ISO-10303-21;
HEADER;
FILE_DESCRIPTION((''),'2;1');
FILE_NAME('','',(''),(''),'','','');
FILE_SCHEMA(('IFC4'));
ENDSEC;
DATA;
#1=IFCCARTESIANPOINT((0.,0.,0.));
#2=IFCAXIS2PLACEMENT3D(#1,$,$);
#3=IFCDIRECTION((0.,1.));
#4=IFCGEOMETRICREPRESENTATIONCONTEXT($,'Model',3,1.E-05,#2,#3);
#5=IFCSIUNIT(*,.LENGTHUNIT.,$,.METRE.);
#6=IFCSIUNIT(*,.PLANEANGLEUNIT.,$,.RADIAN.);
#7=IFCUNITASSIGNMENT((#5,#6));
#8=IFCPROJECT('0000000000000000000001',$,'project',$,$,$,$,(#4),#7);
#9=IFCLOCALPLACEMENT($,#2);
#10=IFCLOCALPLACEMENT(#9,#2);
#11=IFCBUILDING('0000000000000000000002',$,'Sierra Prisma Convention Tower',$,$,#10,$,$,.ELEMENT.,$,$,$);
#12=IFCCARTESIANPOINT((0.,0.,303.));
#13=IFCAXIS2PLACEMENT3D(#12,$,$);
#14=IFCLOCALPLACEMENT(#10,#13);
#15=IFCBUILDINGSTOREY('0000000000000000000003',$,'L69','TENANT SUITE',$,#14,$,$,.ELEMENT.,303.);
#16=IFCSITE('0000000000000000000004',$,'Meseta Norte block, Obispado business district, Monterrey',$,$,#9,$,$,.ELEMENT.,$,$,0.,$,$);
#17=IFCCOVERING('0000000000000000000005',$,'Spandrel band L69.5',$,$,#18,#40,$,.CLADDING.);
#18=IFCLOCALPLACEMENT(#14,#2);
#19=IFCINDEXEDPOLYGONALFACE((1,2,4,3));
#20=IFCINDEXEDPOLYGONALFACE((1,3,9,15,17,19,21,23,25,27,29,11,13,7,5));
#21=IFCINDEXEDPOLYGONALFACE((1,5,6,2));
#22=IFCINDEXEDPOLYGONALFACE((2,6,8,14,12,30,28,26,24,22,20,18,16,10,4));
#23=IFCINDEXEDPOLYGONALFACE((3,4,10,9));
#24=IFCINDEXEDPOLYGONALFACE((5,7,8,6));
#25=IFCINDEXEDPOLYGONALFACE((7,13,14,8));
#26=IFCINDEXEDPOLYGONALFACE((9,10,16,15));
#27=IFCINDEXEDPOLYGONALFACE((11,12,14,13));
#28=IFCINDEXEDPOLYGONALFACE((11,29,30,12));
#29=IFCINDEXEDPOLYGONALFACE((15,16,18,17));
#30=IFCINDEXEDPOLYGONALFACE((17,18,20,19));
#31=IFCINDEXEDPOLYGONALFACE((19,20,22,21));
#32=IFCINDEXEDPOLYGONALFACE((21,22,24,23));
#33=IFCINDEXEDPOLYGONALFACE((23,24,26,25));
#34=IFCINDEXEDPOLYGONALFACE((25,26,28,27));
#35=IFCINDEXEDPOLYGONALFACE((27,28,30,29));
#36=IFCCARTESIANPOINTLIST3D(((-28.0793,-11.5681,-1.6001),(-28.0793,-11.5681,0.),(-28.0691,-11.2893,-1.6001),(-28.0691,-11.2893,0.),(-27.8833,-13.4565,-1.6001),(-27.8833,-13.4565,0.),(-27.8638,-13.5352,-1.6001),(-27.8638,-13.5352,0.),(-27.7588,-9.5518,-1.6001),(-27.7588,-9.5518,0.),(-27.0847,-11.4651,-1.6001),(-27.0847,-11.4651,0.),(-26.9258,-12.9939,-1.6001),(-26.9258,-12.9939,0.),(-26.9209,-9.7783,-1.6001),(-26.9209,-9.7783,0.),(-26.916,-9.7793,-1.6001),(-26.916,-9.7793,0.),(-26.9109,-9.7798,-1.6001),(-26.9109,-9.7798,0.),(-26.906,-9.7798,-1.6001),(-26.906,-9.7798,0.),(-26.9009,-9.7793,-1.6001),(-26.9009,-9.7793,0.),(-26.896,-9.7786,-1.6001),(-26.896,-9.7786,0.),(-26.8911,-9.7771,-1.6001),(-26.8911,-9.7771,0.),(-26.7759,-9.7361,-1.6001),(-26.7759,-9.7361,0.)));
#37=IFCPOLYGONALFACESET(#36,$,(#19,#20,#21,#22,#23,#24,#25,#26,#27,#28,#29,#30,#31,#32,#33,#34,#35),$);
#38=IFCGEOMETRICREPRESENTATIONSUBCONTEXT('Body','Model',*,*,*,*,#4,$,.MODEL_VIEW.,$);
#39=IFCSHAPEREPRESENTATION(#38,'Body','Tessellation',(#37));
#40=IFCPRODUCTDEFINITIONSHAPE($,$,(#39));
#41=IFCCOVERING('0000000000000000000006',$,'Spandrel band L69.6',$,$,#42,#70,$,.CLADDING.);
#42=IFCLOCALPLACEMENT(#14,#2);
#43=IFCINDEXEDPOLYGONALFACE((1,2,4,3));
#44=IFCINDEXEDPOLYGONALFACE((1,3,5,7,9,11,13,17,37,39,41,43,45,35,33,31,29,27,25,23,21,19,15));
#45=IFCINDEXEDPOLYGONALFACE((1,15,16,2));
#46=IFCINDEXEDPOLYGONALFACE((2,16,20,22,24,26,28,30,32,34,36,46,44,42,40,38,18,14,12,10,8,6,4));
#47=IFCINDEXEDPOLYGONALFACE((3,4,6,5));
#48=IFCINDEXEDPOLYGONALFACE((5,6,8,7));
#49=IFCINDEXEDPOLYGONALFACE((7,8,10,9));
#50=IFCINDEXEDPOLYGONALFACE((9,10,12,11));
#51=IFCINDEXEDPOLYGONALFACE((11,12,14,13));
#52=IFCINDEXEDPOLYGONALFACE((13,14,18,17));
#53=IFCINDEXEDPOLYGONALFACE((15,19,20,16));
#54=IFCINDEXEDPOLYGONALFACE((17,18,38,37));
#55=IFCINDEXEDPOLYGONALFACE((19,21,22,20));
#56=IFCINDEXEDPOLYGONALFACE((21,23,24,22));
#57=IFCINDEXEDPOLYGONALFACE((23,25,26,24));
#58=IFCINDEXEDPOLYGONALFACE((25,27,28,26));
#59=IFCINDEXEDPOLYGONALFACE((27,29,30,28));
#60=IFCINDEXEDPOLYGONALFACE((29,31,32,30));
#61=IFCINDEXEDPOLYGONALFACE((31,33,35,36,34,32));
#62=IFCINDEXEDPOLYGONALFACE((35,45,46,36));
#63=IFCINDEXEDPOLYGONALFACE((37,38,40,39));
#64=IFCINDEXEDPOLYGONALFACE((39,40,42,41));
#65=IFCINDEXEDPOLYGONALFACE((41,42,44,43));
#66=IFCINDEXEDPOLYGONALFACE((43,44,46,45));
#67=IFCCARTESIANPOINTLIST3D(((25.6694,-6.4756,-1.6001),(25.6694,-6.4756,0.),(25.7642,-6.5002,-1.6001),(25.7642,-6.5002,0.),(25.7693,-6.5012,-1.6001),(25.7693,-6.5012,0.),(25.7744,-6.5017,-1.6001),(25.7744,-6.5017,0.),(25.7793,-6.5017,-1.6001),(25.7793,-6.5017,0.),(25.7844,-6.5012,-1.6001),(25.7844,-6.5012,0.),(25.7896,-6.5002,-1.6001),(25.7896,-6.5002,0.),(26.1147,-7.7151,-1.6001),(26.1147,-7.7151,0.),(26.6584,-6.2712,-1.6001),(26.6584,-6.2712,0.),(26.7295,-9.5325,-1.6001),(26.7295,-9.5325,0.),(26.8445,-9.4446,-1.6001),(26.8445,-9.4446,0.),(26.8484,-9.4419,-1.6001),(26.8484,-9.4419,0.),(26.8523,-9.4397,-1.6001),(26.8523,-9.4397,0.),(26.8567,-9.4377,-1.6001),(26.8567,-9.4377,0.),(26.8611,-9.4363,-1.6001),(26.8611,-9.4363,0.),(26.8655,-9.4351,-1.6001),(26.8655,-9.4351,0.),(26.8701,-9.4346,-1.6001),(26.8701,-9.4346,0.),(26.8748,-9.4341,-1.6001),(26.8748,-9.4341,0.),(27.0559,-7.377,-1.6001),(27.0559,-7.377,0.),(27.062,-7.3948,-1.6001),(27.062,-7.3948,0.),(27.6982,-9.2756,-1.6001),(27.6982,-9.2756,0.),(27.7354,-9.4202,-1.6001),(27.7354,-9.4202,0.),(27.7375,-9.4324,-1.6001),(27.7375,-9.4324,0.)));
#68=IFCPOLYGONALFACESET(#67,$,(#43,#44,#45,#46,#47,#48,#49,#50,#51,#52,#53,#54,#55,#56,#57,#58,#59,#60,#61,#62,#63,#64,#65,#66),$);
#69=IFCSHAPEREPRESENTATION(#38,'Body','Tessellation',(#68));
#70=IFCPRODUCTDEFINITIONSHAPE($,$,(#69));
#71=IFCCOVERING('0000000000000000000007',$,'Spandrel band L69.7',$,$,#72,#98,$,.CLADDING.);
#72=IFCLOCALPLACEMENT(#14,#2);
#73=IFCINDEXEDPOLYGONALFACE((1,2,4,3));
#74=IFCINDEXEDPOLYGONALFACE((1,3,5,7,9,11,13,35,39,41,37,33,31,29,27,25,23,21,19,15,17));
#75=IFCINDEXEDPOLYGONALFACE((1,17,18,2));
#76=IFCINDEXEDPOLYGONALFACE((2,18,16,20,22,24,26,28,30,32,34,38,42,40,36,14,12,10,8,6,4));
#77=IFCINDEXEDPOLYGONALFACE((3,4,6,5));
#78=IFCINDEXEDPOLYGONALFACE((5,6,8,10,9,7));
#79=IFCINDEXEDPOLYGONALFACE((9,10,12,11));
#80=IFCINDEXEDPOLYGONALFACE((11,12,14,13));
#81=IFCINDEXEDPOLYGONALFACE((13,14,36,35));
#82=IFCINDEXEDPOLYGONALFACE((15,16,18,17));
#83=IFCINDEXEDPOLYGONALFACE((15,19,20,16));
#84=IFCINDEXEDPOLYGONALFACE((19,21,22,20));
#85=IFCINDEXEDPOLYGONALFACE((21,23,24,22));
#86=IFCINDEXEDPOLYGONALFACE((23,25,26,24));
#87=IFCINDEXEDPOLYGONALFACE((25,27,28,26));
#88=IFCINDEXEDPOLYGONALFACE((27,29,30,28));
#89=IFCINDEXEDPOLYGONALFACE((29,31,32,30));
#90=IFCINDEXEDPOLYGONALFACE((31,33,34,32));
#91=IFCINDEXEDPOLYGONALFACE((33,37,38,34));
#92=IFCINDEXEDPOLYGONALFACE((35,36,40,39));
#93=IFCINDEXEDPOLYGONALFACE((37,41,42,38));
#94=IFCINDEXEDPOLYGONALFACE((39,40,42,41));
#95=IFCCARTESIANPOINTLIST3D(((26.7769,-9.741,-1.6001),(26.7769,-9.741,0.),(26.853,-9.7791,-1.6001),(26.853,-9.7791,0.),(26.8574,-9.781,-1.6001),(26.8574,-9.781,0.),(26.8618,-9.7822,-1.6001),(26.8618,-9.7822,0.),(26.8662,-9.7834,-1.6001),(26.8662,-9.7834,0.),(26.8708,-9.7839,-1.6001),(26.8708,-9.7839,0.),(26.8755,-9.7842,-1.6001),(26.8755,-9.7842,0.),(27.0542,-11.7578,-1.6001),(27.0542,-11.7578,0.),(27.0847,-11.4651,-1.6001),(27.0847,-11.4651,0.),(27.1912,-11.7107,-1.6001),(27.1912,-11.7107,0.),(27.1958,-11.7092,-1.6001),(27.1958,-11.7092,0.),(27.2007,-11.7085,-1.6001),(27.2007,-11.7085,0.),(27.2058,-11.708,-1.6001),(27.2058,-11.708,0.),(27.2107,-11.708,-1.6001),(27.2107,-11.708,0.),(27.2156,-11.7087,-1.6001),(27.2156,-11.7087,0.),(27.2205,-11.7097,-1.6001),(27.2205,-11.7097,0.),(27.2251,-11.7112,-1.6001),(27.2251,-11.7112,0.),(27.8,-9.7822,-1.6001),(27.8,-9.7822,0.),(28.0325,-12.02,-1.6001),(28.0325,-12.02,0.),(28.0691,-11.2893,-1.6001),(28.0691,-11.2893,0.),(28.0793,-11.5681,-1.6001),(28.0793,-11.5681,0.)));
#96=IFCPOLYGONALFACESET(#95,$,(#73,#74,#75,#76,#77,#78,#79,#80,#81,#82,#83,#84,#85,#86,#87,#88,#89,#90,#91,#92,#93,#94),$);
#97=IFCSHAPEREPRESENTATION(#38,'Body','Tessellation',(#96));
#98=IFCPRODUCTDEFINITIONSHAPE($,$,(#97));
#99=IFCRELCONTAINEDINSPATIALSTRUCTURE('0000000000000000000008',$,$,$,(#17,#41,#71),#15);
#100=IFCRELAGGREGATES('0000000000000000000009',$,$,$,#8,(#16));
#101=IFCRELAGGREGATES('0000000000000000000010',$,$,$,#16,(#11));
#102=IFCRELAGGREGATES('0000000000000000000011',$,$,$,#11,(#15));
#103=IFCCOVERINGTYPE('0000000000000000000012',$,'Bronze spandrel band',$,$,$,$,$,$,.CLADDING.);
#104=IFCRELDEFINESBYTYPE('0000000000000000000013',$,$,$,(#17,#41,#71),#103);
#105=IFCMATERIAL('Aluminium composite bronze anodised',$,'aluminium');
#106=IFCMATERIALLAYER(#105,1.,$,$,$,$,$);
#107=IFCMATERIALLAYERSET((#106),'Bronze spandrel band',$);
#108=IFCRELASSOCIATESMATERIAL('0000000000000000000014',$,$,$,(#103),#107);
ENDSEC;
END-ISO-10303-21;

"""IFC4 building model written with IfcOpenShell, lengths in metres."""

from ifc_helpers import new_model, si_unit, direction, frame, origin, place, context, subcontext, project, spatial, polyline, outline, extrude, material, layer, layer_set, type_object, element, save


model = new_model("IFC4")

# Units and contexts
model_context = context("Model", 3, precision=1e-05, world=origin(), true_north=direction((0.0, 1.0)))
body_context = subcontext(model_context, "Body", "Model", "MODEL_VIEW")
ifc_project = project(units=[si_unit("LENGTHUNIT", "METRE"), si_unit("PLANEANGLEUNIT", "RADIAN")], contexts=[model_context])

# Site, building, storey
site_placement = place(None, origin())
site = spatial("IfcSite", under=ifc_project, at=site_placement, Name="Meseta Norte block, Obispado business district, Monterrey", CompositionType="ELEMENT", RefElevation=0.0)
building_placement = place(site_placement, origin())
building = spatial("IfcBuilding", under=site, at=building_placement, Name="Sierra Prisma Convention Tower", CompositionType="ELEMENT")
storey_placement = place(building_placement, frame((0.0, 0.0, 303.0)))
storey = spatial("IfcBuildingStorey", under=building, at=storey_placement, Name="L69", Description="TENANT SUITE", CompositionType="ELEMENT", Elevation=303.0)

# Coverings
ifc_material_1 = material(Name="Aluminium composite bronze anodised", Category="aluminium")
ifc_layer_1 = layer(ifc_material_1, 1.0)
ifc_layer_set_1 = layer_set([ifc_layer_1], Name="Bronze spandrel band")
covering_type = type_object("IfcCoveringType", Name="Bronze spandrel band", PredefinedType="CLADDING", material=ifc_layer_set_1)
covering_1_placement = place(storey_placement, frame((0.0, 0.0, -1.6001)))
element("IfcCovering", 1, at=covering_1_placement, inside=storey, type_object=covering_type, Name="Spandrel band L69.5", PredefinedType="CLADDING", context=body_context, shape_type="SweptSolid", body=[
    extrude(outline(polyline([(-28.0793, -11.5681), (-28.0691, -11.2893), (-27.7588, -9.5518), (-26.9209, -9.7783), (-26.916, -9.7793), (-26.9109, -9.7798), (-26.906, -9.7798), (-26.9009, -9.7793), (-26.896, -9.7786), (-26.8911, -9.7771), (-26.7759, -9.7361), (-27.0847, -11.4651), (-26.9258, -12.9939), (-27.8638, -13.5352), (-27.8833, -13.4565), (-28.0793, -11.5681)])), origin(), (0.0, 0.0, 1.0), 1.6001),
])
covering_2_placement = place(storey_placement, frame((0.0, 0.0, -1.6001)))
element("IfcCovering", 2, at=covering_2_placement, inside=storey, type_object=covering_type, Name="Spandrel band L69.6", PredefinedType="CLADDING", context=body_context, shape_type="SweptSolid", body=[
    extrude(outline(polyline([(26.8701, -9.4346), (26.8655, -9.4351), (26.8611, -9.4363), (26.8567, -9.4377), (26.8523, -9.4397), (26.8484, -9.4419), (26.8445, -9.4446), (26.7295, -9.5325), (26.1147, -7.7151), (25.6694, -6.4756), (25.7642, -6.5002), (25.7693, -6.5012), (25.7744, -6.5017), (25.7793, -6.5017), (25.7844, -6.5012), (25.7896, -6.5002), (26.6584, -6.2712), (27.0559, -7.377), (27.062, -7.3948), (27.6982, -9.2756), (27.7354, -9.4202), (27.7375, -9.4324), (26.8748, -9.4341), (26.8701, -9.4346)])), origin(), (0.0, 0.0, 1.0), 1.6001),
])
covering_3_placement = place(storey_placement, frame((0.0, 0.0, -1.6001)))
element("IfcCovering", 3, at=covering_3_placement, inside=storey, type_object=covering_type, Name="Spandrel band L69.7", PredefinedType="CLADDING", context=body_context, shape_type="SweptSolid", body=[
    extrude(outline(polyline([(27.2058, -11.708), (27.2007, -11.7085), (27.1958, -11.7092), (27.1912, -11.7107), (27.0542, -11.7578), (27.0847, -11.4651), (26.7769, -9.741), (26.853, -9.7791), (26.8574, -9.781), (26.8618, -9.7822), (26.8662, -9.7834), (26.8708, -9.7839), (26.8755, -9.7842), (27.8, -9.7822), (28.0691, -11.2893), (28.0793, -11.5681), (28.0325, -12.02), (27.2251, -11.7112), (27.2205, -11.7097), (27.2156, -11.7087), (27.2107, -11.708), (27.2058, -11.708)])), origin(), (0.0, 0.0, 1.0), 1.6001),
])

save(model, "model.ifc")
